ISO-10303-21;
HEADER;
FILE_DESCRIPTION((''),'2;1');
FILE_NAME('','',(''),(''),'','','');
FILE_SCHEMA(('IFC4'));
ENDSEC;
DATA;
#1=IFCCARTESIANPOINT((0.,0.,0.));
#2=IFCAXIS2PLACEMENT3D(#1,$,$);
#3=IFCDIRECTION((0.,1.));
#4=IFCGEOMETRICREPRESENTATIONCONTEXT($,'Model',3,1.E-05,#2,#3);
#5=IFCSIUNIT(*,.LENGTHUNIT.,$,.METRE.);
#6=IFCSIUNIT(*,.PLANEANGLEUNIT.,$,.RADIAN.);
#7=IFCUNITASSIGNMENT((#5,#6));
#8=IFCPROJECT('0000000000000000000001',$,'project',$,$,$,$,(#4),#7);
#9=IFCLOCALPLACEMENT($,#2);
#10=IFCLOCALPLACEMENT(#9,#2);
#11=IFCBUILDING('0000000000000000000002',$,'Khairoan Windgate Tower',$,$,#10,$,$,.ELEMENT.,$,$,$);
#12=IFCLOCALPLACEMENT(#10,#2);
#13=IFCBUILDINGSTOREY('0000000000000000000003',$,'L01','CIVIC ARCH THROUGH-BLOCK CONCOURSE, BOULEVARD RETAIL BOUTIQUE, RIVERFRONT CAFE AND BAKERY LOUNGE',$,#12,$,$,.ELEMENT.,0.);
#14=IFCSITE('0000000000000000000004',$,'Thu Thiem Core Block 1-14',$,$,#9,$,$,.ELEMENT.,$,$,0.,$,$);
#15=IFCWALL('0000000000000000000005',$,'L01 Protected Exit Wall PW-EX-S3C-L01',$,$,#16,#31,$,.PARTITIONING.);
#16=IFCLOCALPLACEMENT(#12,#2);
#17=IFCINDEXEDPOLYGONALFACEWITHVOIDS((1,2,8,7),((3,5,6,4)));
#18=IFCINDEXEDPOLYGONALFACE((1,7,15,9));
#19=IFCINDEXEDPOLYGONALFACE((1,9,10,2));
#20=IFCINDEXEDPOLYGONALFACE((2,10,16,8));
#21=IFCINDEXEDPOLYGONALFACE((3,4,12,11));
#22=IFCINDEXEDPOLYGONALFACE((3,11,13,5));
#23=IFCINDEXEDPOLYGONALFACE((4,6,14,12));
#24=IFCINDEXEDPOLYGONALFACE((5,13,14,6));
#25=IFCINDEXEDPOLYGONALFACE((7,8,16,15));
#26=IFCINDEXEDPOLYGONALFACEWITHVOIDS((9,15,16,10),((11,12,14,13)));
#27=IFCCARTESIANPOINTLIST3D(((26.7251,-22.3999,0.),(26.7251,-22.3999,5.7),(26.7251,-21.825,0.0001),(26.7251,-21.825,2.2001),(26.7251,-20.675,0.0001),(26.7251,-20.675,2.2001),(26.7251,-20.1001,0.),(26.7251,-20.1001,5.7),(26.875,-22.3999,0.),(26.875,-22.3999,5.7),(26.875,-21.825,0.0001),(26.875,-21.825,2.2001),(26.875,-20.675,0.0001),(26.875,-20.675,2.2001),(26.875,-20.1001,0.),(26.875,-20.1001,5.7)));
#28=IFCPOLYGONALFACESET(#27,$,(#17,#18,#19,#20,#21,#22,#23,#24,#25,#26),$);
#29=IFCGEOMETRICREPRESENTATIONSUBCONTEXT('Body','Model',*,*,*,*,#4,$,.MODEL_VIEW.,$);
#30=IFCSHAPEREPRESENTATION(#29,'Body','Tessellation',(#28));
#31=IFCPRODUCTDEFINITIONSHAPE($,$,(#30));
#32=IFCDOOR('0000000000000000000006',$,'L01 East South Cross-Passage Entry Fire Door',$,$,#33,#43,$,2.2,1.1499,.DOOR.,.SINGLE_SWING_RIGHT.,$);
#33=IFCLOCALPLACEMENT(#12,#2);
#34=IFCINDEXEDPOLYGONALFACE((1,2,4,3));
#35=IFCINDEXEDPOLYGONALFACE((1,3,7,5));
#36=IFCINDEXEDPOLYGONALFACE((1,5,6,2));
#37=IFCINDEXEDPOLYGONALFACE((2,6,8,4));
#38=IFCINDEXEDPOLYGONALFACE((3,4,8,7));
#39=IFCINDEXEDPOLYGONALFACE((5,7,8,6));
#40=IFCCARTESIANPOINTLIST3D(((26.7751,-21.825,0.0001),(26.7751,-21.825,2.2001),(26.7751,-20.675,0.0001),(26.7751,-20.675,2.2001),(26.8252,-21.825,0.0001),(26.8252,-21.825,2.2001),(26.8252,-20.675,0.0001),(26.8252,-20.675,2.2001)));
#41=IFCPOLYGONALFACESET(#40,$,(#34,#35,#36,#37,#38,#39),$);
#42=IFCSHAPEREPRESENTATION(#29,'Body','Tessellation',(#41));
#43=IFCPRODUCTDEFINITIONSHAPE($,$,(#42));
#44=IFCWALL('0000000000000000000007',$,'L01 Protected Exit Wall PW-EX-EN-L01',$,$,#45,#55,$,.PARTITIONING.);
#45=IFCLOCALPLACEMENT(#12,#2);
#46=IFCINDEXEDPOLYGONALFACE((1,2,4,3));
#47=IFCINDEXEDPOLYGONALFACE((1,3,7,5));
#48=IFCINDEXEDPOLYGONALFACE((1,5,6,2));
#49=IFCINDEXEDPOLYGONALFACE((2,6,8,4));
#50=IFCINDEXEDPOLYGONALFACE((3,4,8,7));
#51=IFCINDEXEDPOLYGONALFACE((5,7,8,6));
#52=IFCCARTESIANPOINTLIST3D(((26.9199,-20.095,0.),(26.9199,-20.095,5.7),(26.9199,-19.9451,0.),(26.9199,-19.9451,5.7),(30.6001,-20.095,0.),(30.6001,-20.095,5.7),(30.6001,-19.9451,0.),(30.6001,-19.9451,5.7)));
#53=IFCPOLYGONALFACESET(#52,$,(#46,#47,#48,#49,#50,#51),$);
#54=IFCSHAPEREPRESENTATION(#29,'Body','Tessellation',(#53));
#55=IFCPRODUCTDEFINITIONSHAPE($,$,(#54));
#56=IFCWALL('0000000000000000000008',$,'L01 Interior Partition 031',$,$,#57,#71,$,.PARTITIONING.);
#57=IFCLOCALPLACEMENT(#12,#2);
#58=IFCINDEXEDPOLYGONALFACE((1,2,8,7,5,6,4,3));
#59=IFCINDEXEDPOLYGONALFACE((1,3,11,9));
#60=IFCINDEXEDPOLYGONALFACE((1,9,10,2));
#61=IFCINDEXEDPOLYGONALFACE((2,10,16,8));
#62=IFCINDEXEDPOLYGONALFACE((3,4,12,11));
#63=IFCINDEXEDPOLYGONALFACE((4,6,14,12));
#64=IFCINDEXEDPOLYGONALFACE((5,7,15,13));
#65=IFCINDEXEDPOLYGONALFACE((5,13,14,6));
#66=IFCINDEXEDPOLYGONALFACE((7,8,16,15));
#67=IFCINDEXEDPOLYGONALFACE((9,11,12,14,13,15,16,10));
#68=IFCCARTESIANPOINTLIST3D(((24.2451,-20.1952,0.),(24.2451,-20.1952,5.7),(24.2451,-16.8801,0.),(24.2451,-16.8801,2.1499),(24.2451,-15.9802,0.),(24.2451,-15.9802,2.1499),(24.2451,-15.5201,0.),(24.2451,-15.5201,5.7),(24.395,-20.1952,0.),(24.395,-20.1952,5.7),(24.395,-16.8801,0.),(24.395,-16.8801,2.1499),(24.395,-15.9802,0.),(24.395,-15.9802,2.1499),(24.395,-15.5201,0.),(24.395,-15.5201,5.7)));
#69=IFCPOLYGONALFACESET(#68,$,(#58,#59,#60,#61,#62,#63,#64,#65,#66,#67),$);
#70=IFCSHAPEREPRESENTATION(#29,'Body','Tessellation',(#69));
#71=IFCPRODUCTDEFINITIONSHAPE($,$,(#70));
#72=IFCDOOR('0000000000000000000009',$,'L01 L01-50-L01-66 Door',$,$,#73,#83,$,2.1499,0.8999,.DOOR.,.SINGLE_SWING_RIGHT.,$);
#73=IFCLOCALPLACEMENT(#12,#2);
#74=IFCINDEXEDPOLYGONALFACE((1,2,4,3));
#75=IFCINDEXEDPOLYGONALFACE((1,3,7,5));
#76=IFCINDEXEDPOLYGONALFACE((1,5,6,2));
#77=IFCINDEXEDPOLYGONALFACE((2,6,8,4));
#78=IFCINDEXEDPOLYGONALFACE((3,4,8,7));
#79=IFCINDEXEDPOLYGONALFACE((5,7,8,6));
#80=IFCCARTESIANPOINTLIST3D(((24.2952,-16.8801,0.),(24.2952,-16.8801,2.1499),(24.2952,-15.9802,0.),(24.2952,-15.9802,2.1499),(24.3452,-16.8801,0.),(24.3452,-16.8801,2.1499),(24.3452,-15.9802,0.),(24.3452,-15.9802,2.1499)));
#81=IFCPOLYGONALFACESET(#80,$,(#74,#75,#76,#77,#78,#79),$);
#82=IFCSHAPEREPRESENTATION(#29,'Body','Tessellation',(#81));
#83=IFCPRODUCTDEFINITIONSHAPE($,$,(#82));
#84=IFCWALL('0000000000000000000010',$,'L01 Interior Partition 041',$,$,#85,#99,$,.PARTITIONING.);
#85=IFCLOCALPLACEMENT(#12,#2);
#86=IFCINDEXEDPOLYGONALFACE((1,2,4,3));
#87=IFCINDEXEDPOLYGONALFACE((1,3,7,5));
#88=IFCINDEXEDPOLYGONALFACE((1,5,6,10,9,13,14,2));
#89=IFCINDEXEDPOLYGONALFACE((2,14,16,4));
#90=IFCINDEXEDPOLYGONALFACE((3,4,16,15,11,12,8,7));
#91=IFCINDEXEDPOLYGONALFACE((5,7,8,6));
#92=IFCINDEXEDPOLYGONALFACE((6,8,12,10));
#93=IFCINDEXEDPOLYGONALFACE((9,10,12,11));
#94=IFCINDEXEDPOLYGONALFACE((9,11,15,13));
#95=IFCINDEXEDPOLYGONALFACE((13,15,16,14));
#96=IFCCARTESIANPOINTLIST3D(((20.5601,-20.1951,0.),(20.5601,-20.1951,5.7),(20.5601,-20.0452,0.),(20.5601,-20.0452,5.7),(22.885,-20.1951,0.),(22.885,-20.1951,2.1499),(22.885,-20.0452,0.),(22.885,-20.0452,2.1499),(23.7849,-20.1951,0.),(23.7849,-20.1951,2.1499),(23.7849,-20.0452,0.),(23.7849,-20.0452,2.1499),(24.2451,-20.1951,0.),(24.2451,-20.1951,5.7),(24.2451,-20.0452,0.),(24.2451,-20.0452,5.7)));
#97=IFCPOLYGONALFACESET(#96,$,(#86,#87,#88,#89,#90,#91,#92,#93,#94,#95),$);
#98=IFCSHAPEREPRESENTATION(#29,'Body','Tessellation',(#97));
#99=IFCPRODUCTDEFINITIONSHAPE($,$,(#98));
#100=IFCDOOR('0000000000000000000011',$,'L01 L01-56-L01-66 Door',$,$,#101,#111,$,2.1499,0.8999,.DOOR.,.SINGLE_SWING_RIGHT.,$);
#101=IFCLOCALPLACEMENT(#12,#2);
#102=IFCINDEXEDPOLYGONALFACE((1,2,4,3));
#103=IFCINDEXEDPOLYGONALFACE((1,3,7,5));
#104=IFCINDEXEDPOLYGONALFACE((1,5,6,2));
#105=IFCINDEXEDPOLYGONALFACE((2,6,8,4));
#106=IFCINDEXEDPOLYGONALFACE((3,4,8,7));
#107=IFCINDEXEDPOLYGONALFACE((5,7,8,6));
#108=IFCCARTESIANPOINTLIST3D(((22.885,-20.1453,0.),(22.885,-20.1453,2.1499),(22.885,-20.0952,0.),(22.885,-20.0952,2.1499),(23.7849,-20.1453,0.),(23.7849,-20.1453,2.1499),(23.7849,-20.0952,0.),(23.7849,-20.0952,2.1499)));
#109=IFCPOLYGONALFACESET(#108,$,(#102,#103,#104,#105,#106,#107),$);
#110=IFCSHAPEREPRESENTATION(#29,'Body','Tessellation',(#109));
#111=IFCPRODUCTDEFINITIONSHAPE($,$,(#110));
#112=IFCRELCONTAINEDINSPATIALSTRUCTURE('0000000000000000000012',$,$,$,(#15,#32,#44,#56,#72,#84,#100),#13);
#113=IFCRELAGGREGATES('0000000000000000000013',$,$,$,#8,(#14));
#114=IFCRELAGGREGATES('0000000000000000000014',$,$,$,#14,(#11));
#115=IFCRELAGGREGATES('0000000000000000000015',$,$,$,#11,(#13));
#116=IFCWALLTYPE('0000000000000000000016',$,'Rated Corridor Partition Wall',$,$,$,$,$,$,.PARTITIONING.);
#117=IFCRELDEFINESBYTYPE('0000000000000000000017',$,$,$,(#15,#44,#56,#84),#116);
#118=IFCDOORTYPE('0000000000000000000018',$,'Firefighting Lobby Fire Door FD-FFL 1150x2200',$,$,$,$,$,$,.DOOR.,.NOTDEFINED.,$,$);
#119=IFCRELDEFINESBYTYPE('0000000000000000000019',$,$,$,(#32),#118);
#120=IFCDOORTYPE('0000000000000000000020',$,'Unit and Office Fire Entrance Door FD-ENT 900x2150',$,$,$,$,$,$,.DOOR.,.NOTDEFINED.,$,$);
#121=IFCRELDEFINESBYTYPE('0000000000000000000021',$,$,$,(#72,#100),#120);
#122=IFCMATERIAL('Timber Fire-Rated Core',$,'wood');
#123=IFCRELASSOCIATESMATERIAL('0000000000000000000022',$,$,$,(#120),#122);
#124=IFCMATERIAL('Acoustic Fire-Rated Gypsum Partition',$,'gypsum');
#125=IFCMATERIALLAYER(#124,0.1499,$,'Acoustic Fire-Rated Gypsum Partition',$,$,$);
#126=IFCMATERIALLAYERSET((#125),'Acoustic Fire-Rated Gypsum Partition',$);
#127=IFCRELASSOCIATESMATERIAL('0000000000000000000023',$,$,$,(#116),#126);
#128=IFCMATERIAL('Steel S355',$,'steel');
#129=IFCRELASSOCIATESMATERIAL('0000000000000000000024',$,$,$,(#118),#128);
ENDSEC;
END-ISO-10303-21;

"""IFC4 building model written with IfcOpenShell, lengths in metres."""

from ifc_helpers import new_model, si_unit, direction, frame, frame_2d, origin, place, context, subcontext, project, spatial, rectangle, extrude, material, layer, layer_set, type_object, element, fill, save


model = new_model("IFC4")

# Units and contexts
model_context = context("Model", 3, precision=1e-05, world=origin(), true_north=direction((0.0, 1.0)))
body_context = subcontext(model_context, "Body", "Model", "MODEL_VIEW")
ifc_project = project(units=[si_unit("LENGTHUNIT", "METRE"), si_unit("PLANEANGLEUNIT", "RADIAN")], contexts=[model_context])

# Site, building, storey
site_placement = place(None, origin())
site = spatial("IfcSite", under=ifc_project, at=site_placement, Name="Thu Thiem Core Block 1-14", CompositionType="ELEMENT", RefElevation=0.0)
building_placement = place(site_placement, origin())
building = spatial("IfcBuilding", under=site, at=building_placement, Name="Khairoan Windgate Tower", CompositionType="ELEMENT")
storey_placement = place(building_placement, origin())
storey = spatial("IfcBuildingStorey", under=building, at=storey_placement, Name="L01", Description="CIVIC ARCH THROUGH-BLOCK CONCOURSE, BOULEVARD RETAIL BOUTIQUE, RIVERFRONT CAFE AND BAKERY LOUNGE", CompositionType="ELEMENT", Elevation=0.0)

# Wall, opening, door
ifc_material_1 = material(Name="Timber Fire-Rated Core", Category="wood")
door_type_1 = type_object("IfcDoorType", Name="Unit and Office Fire Entrance Door FD-ENT 900x2150", OperationType="NOTDEFINED", PredefinedType="DOOR", material=ifc_material_1)
ifc_material_2 = material(Name="Acoustic Fire-Rated Gypsum Partition", Category="gypsum")
ifc_layer_1 = layer(ifc_material_2, 0.1499, Name="Acoustic Fire-Rated Gypsum Partition")
ifc_layer_set_1 = layer_set([ifc_layer_1], Name="Acoustic Fire-Rated Gypsum Partition")
wall_type_1 = type_object("IfcWallType", Name="Rated Corridor Partition Wall", PredefinedType="PARTITIONING", material=ifc_layer_set_1)
wall_1_placement = place(storey_placement, frame((26.8, -22.3999, 0.0), z_axis=(0.0, 0.0, 1.0), x_axis=(0.0, 1.0, 0.0)))
wall_1 = element("IfcWall", 1, at=wall_1_placement, inside=storey, type_object=wall_type_1, Name="L01 Protected Exit Wall PW-EX-S3C-L01", PredefinedType="PARTITIONING", context=body_context, shape_type="SweptSolid", body=[
    extrude(rectangle(XDim=2.2998, YDim=0.1499, at=frame_2d((1.1499, 0.0))), origin(), (0.0, 0.0, 1.0), 5.7),
])
opening_1_placement = place(wall_1_placement, frame((0.575, 0.0, 0.0)))
opening_1 = element("IfcOpeningElement", 2, at=opening_1_placement, cuts=wall_1, PredefinedType="OPENING", context=body_context, shape_type="SweptSolid", body=[
    extrude(rectangle(XDim=1.1499, YDim=2.2, at=frame_2d((0.575, 1.1001))), frame((0.0, 0.085, 0.0), z_axis=(0.0, -1.0, 0.0), x_axis=(1.0, 0.0, 0.0)), (0.0, 0.0, 1.0), 0.1699),
])
ifc_material_3 = material(Name="Steel S355", Category="steel")
door_type_2 = type_object("IfcDoorType", Name="Firefighting Lobby Fire Door FD-FFL 1150x2200", OperationType="NOTDEFINED", PredefinedType="DOOR", material=ifc_material_3)
door_1_placement = place(opening_1_placement, origin())
door_1 = element("IfcDoor", 3, at=door_1_placement, inside=storey, type_object=door_type_2, Name="L01 East South Cross-Passage Entry Fire Door", OperationType="SINGLE_SWING_RIGHT", OverallHeight=2.2, OverallWidth=1.1499, PredefinedType="DOOR", context=body_context, shape_type="SweptSolid", body=[
    extrude(rectangle(XDim=1.1499, YDim=2.2, at=frame_2d((0.575, 1.1001))), frame((0.0, 0.0249, 0.0), z_axis=(0.0, -1.0, 0.0), x_axis=(1.0, 0.0, 0.0)), (0.0, 0.0, 1.0), 0.05),
])
fill(opening_1, door_1)

# Wall
wall_2_placement = place(storey_placement, frame((26.9199, -20.02, 0.0), z_axis=(0.0, 0.0, 1.0), x_axis=(1.0, 0.0, 0.0)))
element("IfcWall", 4, at=wall_2_placement, inside=storey, type_object=wall_type_1, Name="L01 Protected Exit Wall PW-EX-EN-L01", PredefinedType="PARTITIONING", context=body_context, shape_type="SweptSolid", body=[
    extrude(rectangle(XDim=3.6802, YDim=0.1499, at=frame_2d((1.8401, 0.0))), origin(), (0.0, 0.0, 1.0), 5.7),
])

# Walls, openings, doors
wall_3_placement = place(storey_placement, frame((24.3201, -20.1951, 0.0), z_axis=(0.0, 0.0, 1.0), x_axis=(0.0, 1.0, 0.0)))
wall_3 = element("IfcWall", 5, at=wall_3_placement, inside=storey, type_object=wall_type_1, Name="L01 Interior Partition 031", PredefinedType="PARTITIONING", context=body_context, shape_type="SweptSolid", body=[
    extrude(rectangle(XDim=4.675, YDim=0.1499, at=frame_2d((2.3374, 0.0))), origin(), (0.0, 0.0, 1.0), 5.7),
])
opening_2_placement = place(wall_3_placement, frame((3.3149, 0.0, 0.0)))
opening_2 = element("IfcOpeningElement", 6, at=opening_2_placement, cuts=wall_3, PredefinedType="OPENING", context=body_context, shape_type="SweptSolid", body=[
    extrude(rectangle(XDim=0.8999, YDim=2.1499, at=frame_2d((0.45, 1.075))), frame((0.0, 0.085, 0.0), z_axis=(0.0, -1.0, 0.0), x_axis=(1.0, 0.0, 0.0)), (0.0, 0.0, 1.0), 0.1699),
])
door_2_placement = place(opening_2_placement, origin())
door_2 = element("IfcDoor", 7, at=door_2_placement, inside=storey, type_object=door_type_1, Name="L01 L01-50-L01-66 Door", OperationType="SINGLE_SWING_RIGHT", OverallHeight=2.1499, OverallWidth=0.8999, PredefinedType="DOOR", context=body_context, shape_type="SweptSolid", body=[
    extrude(rectangle(XDim=0.8999, YDim=2.1499, at=frame_2d((0.45, 1.075))), frame((0.0, 0.0249, 0.0), z_axis=(0.0, -1.0, 0.0), x_axis=(1.0, 0.0, 0.0)), (0.0, 0.0, 1.0), 0.05),
])
fill(opening_2, door_2)
wall_4_placement = place(storey_placement, frame((20.5601, -20.1201, 0.0), z_axis=(0.0, 0.0, 1.0), x_axis=(1.0, 0.0, 0.0)))
wall_4 = element("IfcWall", 8, at=wall_4_placement, inside=storey, type_object=wall_type_1, Name="L01 Interior Partition 041", PredefinedType="PARTITIONING", context=body_context, shape_type="SweptSolid", body=[
    extrude(rectangle(XDim=3.6851, YDim=0.1499, at=frame_2d((1.8425, 0.0))), origin(), (0.0, 0.0, 1.0), 5.7),
])
opening_3_placement = place(wall_4_placement, frame((2.325, 0.0, 0.0)))
opening_3 = element("IfcOpeningElement", 9, at=opening_3_placement, cuts=wall_4, PredefinedType="OPENING", context=body_context, shape_type="SweptSolid", body=[
    extrude(rectangle(XDim=0.8999, YDim=2.1499, at=frame_2d((0.45, 1.075))), frame((0.0, 0.085, 0.0), z_axis=(0.0, -1.0, 0.0), x_axis=(1.0, 0.0, 0.0)), (0.0, 0.0, 1.0), 0.1699),
])
door_3_placement = place(opening_3_placement, origin())
door_3 = element("IfcDoor", 10, at=door_3_placement, inside=storey, type_object=door_type_1, Name="L01 L01-56-L01-66 Door", OperationType="SINGLE_SWING_RIGHT", OverallHeight=2.1499, OverallWidth=0.8999, PredefinedType="DOOR", context=body_context, shape_type="SweptSolid", body=[
    extrude(rectangle(XDim=0.8999, YDim=2.1499, at=frame_2d((0.45, 1.075))), frame((0.0, 0.0249, 0.0), z_axis=(0.0, -1.0, 0.0), x_axis=(1.0, 0.0, 0.0)), (0.0, 0.0, 1.0), 0.05),
])
fill(opening_3, door_3)

save(model, "model.ifc")
